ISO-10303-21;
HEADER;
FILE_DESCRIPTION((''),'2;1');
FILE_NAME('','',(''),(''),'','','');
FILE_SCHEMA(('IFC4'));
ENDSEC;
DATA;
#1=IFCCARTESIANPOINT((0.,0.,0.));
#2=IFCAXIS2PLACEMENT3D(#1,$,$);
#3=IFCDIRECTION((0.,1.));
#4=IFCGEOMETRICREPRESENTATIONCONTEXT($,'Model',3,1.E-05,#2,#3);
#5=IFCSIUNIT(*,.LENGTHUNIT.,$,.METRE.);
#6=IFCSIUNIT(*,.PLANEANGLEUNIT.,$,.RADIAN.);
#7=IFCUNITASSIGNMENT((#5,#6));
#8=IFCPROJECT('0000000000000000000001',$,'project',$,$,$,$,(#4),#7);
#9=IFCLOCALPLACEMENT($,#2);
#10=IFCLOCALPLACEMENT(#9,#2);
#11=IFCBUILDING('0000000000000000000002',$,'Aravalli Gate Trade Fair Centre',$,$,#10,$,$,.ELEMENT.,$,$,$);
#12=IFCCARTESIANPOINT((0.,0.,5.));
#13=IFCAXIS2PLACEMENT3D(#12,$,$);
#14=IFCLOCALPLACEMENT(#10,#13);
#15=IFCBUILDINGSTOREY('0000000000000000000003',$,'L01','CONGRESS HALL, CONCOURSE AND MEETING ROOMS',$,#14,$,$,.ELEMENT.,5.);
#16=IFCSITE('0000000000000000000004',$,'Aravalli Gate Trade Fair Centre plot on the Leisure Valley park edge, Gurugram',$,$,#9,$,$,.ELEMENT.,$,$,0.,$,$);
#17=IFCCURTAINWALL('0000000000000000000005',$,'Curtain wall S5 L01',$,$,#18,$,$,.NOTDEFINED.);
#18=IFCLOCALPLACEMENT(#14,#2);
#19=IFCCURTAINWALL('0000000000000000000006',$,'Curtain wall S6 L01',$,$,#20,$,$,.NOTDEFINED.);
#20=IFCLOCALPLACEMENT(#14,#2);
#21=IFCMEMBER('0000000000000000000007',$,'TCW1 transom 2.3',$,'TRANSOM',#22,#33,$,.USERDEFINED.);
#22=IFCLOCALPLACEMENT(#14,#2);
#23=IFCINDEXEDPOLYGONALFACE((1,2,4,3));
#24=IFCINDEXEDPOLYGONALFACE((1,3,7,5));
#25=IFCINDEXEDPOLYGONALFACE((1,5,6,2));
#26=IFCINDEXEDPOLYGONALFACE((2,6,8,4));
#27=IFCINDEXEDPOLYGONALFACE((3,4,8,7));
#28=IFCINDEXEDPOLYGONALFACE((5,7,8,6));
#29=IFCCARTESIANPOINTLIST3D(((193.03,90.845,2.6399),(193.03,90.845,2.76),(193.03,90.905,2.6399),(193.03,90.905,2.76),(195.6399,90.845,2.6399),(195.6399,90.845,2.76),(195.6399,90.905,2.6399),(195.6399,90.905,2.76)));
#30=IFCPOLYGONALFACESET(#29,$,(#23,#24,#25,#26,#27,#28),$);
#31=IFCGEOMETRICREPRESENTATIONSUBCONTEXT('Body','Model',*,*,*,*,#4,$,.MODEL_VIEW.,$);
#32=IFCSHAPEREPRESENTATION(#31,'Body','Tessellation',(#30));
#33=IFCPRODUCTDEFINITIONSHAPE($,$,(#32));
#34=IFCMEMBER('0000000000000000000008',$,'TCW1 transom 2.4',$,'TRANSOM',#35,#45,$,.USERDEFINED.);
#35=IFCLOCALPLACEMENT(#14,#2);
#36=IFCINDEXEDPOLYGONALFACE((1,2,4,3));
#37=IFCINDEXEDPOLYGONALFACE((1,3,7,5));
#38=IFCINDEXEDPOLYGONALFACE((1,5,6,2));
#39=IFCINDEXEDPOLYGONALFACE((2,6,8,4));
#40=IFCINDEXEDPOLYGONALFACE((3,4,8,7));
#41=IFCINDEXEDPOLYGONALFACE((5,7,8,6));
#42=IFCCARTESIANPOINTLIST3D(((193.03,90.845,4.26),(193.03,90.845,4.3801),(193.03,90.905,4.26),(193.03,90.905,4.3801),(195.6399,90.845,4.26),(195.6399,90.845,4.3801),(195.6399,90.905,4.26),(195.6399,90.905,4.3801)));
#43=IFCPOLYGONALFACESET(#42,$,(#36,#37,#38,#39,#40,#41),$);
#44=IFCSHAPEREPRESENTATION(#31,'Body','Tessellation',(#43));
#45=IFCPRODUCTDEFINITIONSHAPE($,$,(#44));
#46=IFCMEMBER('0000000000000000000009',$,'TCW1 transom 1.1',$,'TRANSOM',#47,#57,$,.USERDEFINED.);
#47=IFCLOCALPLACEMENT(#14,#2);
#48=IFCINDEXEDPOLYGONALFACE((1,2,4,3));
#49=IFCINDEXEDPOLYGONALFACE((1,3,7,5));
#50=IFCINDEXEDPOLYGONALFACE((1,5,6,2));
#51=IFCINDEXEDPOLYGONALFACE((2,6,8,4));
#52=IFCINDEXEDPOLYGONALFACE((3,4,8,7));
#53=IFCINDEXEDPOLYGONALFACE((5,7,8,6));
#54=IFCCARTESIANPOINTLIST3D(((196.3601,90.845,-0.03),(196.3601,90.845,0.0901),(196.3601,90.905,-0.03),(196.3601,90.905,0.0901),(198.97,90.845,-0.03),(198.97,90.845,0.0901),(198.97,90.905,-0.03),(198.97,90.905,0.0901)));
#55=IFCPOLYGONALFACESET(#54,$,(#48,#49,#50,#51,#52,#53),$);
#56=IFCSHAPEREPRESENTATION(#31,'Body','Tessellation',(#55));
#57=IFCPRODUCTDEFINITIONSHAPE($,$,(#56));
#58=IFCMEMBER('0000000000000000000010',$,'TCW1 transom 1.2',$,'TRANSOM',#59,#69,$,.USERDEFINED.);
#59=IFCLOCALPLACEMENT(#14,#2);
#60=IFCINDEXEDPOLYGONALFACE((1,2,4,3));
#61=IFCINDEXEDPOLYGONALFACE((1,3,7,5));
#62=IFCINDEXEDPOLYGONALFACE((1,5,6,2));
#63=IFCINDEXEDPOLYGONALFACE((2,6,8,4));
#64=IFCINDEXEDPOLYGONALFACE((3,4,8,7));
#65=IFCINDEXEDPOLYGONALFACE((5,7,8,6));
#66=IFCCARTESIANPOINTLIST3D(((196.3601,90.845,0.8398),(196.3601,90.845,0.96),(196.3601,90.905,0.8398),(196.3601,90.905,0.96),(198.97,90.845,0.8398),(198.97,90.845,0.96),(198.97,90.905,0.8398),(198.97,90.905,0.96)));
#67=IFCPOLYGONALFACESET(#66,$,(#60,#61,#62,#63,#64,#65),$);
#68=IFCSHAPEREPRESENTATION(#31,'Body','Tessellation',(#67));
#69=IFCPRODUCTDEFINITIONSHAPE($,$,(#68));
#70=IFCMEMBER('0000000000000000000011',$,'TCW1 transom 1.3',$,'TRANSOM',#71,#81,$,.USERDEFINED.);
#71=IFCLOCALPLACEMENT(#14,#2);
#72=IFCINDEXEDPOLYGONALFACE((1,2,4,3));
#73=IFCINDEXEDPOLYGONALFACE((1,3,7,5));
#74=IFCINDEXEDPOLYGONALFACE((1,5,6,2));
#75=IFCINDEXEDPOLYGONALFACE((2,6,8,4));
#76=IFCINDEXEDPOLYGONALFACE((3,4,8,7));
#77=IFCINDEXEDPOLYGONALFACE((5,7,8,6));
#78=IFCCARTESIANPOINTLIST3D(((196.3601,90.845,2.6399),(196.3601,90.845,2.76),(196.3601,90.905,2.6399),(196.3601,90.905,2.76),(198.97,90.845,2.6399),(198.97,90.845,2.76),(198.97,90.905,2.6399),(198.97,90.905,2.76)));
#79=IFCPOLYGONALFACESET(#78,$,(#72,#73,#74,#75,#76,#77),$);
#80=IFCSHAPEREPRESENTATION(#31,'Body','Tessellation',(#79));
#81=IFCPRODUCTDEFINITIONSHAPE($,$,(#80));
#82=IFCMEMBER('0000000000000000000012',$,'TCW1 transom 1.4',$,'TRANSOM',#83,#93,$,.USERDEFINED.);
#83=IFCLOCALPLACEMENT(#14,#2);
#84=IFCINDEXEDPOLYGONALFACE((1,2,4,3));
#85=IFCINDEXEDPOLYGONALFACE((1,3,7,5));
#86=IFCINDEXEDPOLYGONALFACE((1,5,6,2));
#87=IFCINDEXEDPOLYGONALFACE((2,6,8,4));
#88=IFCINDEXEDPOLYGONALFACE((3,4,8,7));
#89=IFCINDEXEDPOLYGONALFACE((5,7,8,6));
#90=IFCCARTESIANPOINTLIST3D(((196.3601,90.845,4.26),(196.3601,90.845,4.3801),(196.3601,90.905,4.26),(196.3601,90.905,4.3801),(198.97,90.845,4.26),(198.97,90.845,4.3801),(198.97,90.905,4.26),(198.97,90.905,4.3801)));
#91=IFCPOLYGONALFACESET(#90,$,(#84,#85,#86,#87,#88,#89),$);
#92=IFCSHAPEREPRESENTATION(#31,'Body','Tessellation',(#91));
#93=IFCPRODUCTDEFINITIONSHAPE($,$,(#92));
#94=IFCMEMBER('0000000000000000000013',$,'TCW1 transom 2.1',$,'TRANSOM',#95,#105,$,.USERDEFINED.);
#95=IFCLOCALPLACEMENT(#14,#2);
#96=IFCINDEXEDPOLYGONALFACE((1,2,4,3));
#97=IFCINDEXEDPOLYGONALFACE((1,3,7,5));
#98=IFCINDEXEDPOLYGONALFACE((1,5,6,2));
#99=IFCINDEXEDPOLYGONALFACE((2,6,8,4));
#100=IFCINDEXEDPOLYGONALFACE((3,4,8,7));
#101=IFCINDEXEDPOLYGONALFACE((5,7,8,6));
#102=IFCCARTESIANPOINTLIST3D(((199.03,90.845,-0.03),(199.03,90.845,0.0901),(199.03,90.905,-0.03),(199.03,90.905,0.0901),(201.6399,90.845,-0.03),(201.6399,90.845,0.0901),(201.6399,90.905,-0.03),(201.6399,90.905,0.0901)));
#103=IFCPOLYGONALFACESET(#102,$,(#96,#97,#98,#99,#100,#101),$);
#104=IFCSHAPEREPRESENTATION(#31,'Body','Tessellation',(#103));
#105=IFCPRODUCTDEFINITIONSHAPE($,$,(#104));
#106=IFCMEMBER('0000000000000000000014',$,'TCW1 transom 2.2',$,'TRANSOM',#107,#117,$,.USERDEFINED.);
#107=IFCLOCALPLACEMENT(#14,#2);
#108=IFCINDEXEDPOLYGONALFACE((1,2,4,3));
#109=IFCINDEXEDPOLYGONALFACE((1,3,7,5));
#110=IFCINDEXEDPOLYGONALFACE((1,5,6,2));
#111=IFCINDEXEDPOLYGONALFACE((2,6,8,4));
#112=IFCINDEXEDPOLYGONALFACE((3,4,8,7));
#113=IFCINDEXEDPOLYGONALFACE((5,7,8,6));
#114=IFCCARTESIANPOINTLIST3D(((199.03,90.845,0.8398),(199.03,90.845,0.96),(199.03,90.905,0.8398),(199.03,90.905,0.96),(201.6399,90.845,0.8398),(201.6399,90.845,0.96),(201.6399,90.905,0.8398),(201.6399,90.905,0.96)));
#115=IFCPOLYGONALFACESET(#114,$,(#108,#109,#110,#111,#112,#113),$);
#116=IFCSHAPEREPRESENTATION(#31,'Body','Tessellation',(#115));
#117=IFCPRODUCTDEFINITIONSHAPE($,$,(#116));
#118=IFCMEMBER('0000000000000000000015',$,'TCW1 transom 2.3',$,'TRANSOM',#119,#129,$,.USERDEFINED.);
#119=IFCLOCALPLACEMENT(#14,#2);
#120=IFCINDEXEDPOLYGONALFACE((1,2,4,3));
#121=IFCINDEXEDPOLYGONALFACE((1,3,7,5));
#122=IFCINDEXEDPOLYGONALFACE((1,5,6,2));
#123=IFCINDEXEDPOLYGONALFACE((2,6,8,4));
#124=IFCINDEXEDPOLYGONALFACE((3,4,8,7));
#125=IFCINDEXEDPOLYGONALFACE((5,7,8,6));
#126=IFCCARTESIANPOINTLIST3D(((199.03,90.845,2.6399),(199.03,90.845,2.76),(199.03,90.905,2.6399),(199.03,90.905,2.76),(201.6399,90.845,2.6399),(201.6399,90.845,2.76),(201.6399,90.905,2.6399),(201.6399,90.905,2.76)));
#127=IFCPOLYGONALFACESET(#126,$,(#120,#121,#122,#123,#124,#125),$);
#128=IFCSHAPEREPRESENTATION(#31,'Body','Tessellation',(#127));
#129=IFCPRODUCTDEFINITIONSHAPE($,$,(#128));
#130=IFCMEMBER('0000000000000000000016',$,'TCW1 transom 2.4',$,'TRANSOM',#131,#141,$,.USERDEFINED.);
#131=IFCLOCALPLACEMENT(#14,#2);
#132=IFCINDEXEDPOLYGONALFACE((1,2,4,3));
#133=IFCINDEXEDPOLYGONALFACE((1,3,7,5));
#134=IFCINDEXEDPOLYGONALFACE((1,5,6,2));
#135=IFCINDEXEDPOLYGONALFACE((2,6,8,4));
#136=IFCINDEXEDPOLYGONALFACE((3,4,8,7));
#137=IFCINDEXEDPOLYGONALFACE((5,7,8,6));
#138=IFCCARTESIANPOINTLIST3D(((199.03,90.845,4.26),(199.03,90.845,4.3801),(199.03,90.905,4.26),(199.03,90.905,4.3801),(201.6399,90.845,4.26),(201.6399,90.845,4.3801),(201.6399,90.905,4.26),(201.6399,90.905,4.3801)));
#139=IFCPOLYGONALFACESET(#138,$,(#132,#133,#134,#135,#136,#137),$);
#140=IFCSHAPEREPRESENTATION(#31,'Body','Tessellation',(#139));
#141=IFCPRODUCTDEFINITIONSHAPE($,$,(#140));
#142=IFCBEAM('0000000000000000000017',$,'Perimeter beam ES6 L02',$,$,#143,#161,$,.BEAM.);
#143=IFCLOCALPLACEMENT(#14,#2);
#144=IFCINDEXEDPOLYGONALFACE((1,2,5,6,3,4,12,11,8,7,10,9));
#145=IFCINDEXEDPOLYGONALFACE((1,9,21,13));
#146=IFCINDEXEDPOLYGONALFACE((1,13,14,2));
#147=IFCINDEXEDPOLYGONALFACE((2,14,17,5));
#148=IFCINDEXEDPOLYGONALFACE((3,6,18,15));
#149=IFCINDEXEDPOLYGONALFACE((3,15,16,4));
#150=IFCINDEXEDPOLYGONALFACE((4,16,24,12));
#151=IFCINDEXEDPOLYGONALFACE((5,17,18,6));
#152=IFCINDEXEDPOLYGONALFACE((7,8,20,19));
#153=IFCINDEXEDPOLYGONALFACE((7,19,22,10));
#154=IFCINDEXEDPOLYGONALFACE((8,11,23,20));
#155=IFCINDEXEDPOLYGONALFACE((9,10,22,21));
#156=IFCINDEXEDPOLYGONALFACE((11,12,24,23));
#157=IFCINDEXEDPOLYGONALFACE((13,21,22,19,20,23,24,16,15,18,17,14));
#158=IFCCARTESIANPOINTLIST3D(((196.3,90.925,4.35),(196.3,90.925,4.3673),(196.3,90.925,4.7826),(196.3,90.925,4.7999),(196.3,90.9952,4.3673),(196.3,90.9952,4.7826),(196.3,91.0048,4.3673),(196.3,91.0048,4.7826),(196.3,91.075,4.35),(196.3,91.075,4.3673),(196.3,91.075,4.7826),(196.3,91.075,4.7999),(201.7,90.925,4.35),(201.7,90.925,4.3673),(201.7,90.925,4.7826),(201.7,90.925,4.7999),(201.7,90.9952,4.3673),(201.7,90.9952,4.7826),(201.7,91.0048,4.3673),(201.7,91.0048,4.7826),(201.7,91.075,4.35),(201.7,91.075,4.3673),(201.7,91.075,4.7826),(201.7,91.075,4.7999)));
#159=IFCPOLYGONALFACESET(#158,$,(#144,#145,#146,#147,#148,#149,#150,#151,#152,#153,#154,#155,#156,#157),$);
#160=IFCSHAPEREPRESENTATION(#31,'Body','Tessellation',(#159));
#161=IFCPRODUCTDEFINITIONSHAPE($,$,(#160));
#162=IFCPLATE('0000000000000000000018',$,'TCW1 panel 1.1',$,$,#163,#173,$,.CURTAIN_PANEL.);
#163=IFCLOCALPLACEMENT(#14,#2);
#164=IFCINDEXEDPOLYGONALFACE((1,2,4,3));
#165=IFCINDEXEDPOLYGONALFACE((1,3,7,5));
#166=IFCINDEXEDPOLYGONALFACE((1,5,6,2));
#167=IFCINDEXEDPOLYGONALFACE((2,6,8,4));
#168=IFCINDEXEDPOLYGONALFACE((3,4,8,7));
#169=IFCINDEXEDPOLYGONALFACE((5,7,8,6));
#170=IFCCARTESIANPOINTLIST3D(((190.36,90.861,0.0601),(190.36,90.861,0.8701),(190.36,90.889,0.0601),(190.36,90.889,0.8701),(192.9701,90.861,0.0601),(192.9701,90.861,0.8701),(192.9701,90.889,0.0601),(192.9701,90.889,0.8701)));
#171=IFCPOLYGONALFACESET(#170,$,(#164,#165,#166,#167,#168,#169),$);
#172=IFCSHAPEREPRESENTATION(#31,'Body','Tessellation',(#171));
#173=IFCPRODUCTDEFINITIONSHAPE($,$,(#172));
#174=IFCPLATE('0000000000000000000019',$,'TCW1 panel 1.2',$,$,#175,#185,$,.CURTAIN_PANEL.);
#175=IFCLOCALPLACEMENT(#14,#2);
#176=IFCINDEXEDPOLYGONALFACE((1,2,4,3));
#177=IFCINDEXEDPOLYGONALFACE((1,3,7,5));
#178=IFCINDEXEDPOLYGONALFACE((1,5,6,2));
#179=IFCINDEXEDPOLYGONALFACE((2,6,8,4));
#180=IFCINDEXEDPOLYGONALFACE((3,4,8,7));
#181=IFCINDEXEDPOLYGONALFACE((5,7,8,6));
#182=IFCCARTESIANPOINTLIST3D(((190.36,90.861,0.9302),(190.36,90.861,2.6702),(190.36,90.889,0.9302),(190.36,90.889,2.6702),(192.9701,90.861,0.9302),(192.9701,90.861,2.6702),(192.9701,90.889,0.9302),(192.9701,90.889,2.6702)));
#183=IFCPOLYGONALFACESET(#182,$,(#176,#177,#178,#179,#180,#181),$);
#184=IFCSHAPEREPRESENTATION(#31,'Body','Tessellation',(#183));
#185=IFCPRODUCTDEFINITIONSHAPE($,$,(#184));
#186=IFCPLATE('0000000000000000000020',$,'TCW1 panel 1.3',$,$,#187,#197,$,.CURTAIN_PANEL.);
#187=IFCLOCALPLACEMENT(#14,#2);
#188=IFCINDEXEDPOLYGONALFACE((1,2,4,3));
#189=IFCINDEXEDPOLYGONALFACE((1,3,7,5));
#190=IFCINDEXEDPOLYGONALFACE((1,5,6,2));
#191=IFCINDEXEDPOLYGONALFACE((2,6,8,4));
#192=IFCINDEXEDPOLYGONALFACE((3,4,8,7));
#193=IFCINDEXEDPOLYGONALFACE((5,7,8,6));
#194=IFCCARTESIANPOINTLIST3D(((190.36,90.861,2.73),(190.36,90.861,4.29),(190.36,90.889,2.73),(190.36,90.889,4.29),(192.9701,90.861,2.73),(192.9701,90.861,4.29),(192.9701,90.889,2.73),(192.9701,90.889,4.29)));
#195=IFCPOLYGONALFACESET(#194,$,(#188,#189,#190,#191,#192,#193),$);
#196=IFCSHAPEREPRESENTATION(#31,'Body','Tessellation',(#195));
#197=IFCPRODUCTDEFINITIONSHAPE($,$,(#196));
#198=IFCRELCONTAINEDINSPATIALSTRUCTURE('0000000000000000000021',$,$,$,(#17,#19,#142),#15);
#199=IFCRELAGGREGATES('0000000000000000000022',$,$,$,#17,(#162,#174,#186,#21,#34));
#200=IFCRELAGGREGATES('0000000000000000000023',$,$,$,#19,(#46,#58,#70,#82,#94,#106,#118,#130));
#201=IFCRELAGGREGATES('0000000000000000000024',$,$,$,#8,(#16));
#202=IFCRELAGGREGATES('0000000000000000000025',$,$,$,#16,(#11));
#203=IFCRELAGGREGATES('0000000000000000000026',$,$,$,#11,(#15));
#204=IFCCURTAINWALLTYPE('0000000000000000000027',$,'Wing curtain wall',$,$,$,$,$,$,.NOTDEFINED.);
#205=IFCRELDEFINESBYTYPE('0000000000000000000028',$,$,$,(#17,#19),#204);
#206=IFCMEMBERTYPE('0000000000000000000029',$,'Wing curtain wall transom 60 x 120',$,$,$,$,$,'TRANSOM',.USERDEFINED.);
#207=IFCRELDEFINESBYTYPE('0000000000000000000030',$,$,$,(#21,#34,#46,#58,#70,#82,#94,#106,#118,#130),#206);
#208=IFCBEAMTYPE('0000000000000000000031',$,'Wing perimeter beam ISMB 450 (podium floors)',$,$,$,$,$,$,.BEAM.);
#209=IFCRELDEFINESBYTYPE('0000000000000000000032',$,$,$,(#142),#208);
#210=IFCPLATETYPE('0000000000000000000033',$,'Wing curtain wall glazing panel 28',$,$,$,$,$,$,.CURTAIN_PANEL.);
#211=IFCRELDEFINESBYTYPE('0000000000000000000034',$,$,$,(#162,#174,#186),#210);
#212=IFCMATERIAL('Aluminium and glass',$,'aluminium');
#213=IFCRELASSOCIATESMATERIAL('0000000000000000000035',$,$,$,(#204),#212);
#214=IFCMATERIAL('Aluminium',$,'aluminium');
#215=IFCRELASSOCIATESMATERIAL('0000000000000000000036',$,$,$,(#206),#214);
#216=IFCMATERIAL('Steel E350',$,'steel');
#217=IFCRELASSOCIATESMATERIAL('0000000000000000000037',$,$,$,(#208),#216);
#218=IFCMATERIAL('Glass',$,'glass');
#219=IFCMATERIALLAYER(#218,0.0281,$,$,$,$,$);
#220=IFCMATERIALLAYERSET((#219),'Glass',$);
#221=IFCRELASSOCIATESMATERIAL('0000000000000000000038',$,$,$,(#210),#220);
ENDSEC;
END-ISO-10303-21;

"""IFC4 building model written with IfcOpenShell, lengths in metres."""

from ifc_helpers import new_model, si_unit, direction, frame, origin, origin_2d, place, context, subcontext, project, spatial, rectangle, i_section, extrude, material, layer, layer_set, material_profile, profile_set, type_object, element, aggregate, save


model = new_model("IFC4")

# Units and contexts
model_context = context("Model", 3, precision=1e-05, world=origin(), true_north=direction((0.0, 1.0)))
body_context = subcontext(model_context, "Body", "Model", "MODEL_VIEW")
ifc_project = project(units=[si_unit("LENGTHUNIT", "METRE"), si_unit("PLANEANGLEUNIT", "RADIAN")], contexts=[model_context])

# Site, building, storey
site_placement = place(None, origin())
site = spatial("IfcSite", under=ifc_project, at=site_placement, Name="Aravalli Gate Trade Fair Centre plot on the Leisure Valley park edge, Gurugram", CompositionType="ELEMENT", RefElevation=0.0)
building_placement = place(site_placement, origin())
building = spatial("IfcBuilding", under=site, at=building_placement, Name="Aravalli Gate Trade Fair Centre", CompositionType="ELEMENT")
storey_placement = place(building_placement, frame((0.0, 0.0, 5.0)))
storey = spatial("IfcBuildingStorey", under=building, at=storey_placement, Name="L01", Description="CONGRESS HALL, CONCOURSE AND MEETING ROOMS", CompositionType="ELEMENT", Elevation=5.0)

# Shared definitions
ifc_material_1 = material(Name="Steel E350", Category="steel")

# Curtain walls
ifc_material_2 = material(Name="Aluminium and glass", Category="aluminium")
curtain_wall_type = type_object("IfcCurtainWallType", Name="Wing curtain wall", PredefinedType="NOTDEFINED", material=ifc_material_2)
curtain_wall_1_placement = place(storey_placement, origin())
curtain_wall_1 = element("IfcCurtainWall", 1, at=curtain_wall_1_placement, inside=storey, type_object=curtain_wall_type, Name="Curtain wall S5 L01", PredefinedType="NOTDEFINED")
ifc_material_3 = material(Name="Aluminium", Category="aluminium")
curtain_wall_2_placement = place(storey_placement, origin())
curtain_wall_2 = element("IfcCurtainWall", 2, at=curtain_wall_2_placement, inside=storey, type_object=curtain_wall_type, Name="Curtain wall S6 L01", PredefinedType="NOTDEFINED")

# Members
ifc_material_profile_1 = material_profile(ifc_material_3, rectangle(XDim=0.0601, YDim=0.1201, at=origin_2d()), Name="Wing curtain wall transom 60 x 120")
ifc_profile_set_1 = profile_set([ifc_material_profile_1], Name="Aluminium")
member_type_1 = type_object("IfcMemberType", Name="Wing curtain wall transom 60 x 120", ElementType="TRANSOM", PredefinedType="USERDEFINED", material=ifc_profile_set_1)
member_1_placement = place(storey_placement, frame((193.03, 90.875, 2.7), z_axis=(1.0, 0.0, 0.0), x_axis=(0.0, 1.0, 0.0)))
member_1 = element("IfcMember", 3, at=member_1_placement, type_object=member_type_1, Name="TCW1 transom 2.3", ObjectType="TRANSOM", PredefinedType="USERDEFINED", context=body_context, shape_type="SweptSolid", body=[
    extrude(rectangle(XDim=0.0601, YDim=0.1201, at=origin_2d()), origin(), (0.0, 0.0, 1.0), 2.6099),
])
member_2_placement = place(storey_placement, frame((193.03, 90.875, 4.3201), z_axis=(1.0, 0.0, 0.0), x_axis=(0.0, 1.0, 0.0)))
member_2 = element("IfcMember", 4, at=member_2_placement, type_object=member_type_1, Name="TCW1 transom 2.4", ObjectType="TRANSOM", PredefinedType="USERDEFINED", context=body_context, shape_type="SweptSolid", body=[
    extrude(rectangle(XDim=0.0601, YDim=0.1201, at=origin_2d()), origin(), (0.0, 0.0, 1.0), 2.6099),
])
member_3_placement = place(storey_placement, frame((196.3601, 90.875, 0.03), z_axis=(1.0, 0.0, 0.0), x_axis=(0.0, 1.0, 0.0)))
member_3 = element("IfcMember", 5, at=member_3_placement, type_object=member_type_1, Name="TCW1 transom 1.1", ObjectType="TRANSOM", PredefinedType="USERDEFINED", context=body_context, shape_type="SweptSolid", body=[
    extrude(rectangle(XDim=0.0601, YDim=0.1201, at=origin_2d()), origin(), (0.0, 0.0, 1.0), 2.6099),
])
member_4_placement = place(storey_placement, frame((196.3601, 90.875, 0.8999), z_axis=(1.0, 0.0, 0.0), x_axis=(0.0, 1.0, 0.0)))
member_4 = element("IfcMember", 6, at=member_4_placement, type_object=member_type_1, Name="TCW1 transom 1.2", ObjectType="TRANSOM", PredefinedType="USERDEFINED", context=body_context, shape_type="SweptSolid", body=[
    extrude(rectangle(XDim=0.0601, YDim=0.1201, at=origin_2d()), origin(), (0.0, 0.0, 1.0), 2.6099),
])
member_5_placement = place(storey_placement, frame((196.3601, 90.875, 2.7), z_axis=(1.0, 0.0, 0.0), x_axis=(0.0, 1.0, 0.0)))
member_5 = element("IfcMember", 7, at=member_5_placement, type_object=member_type_1, Name="TCW1 transom 1.3", ObjectType="TRANSOM", PredefinedType="USERDEFINED", context=body_context, shape_type="SweptSolid", body=[
    extrude(rectangle(XDim=0.0601, YDim=0.1201, at=origin_2d()), origin(), (0.0, 0.0, 1.0), 2.6099),
])
member_6_placement = place(storey_placement, frame((196.3601, 90.875, 4.3201), z_axis=(1.0, 0.0, 0.0), x_axis=(0.0, 1.0, 0.0)))
member_6 = element("IfcMember", 8, at=member_6_placement, type_object=member_type_1, Name="TCW1 transom 1.4", ObjectType="TRANSOM", PredefinedType="USERDEFINED", context=body_context, shape_type="SweptSolid", body=[
    extrude(rectangle(XDim=0.0601, YDim=0.1201, at=origin_2d()), origin(), (0.0, 0.0, 1.0), 2.6099),
])
member_7_placement = place(storey_placement, frame((199.03, 90.875, 0.03), z_axis=(1.0, 0.0, 0.0), x_axis=(0.0, 1.0, 0.0)))
member_7 = element("IfcMember", 9, at=member_7_placement, type_object=member_type_1, Name="TCW1 transom 2.1", ObjectType="TRANSOM", PredefinedType="USERDEFINED", context=body_context, shape_type="SweptSolid", body=[
    extrude(rectangle(XDim=0.0601, YDim=0.1201, at=origin_2d()), origin(), (0.0, 0.0, 1.0), 2.6099),
])
member_8_placement = place(storey_placement, frame((199.03, 90.875, 0.8999), z_axis=(1.0, 0.0, 0.0), x_axis=(0.0, 1.0, 0.0)))
member_8 = element("IfcMember", 10, at=member_8_placement, type_object=member_type_1, Name="TCW1 transom 2.2", ObjectType="TRANSOM", PredefinedType="USERDEFINED", context=body_context, shape_type="SweptSolid", body=[
    extrude(rectangle(XDim=0.0601, YDim=0.1201, at=origin_2d()), origin(), (0.0, 0.0, 1.0), 2.6099),
])
member_9_placement = place(storey_placement, frame((199.03, 90.875, 2.7), z_axis=(1.0, 0.0, 0.0), x_axis=(0.0, 1.0, 0.0)))
member_9 = element("IfcMember", 11, at=member_9_placement, type_object=member_type_1, Name="TCW1 transom 2.3", ObjectType="TRANSOM", PredefinedType="USERDEFINED", context=body_context, shape_type="SweptSolid", body=[
    extrude(rectangle(XDim=0.0601, YDim=0.1201, at=origin_2d()), origin(), (0.0, 0.0, 1.0), 2.6099),
])
member_10_placement = place(storey_placement, frame((199.03, 90.875, 4.3201), z_axis=(1.0, 0.0, 0.0), x_axis=(0.0, 1.0, 0.0)))
member_10 = element("IfcMember", 12, at=member_10_placement, type_object=member_type_1, Name="TCW1 transom 2.4", ObjectType="TRANSOM", PredefinedType="USERDEFINED", context=body_context, shape_type="SweptSolid", body=[
    extrude(rectangle(XDim=0.0601, YDim=0.1201, at=origin_2d()), origin(), (0.0, 0.0, 1.0), 2.6099),
])

# Beam
ifc_material_profile_2 = material_profile(ifc_material_1, i_section(OverallWidth=0.1499, OverallDepth=0.45, WebThickness=0.0095, FlangeThickness=0.0173, at=origin_2d()), Name="ISMB 450")
ifc_profile_set_2 = profile_set([ifc_material_profile_2], Name="Steel E350")
beam_type = type_object("IfcBeamType", Name="Wing perimeter beam ISMB 450 (podium floors)", PredefinedType="BEAM", material=ifc_profile_set_2)
beam_placement = place(storey_placement, frame((196.3, 91.0, 4.575), z_axis=(1.0, 0.0, 0.0), x_axis=(0.0, 1.0, 0.0)))
element("IfcBeam", 13, at=beam_placement, inside=storey, type_object=beam_type, Name="Perimeter beam ES6 L02", PredefinedType="BEAM", context=body_context, shape_type="SweptSolid", body=[
    extrude(i_section(OverallWidth=0.1499, OverallDepth=0.45, WebThickness=0.0095, FlangeThickness=0.0173, at=origin_2d()), origin(), (0.0, 0.0, 1.0), 5.3999),
])

# Plates
ifc_material_4 = material(Name="Glass", Category="glass")
ifc_layer = layer(ifc_material_4, 0.0281)
ifc_layer_set = layer_set([ifc_layer], Name="Glass")
plate_type = type_object("IfcPlateType", Name="Wing curtain wall glazing panel 28", PredefinedType="CURTAIN_PANEL", material=ifc_layer_set)
plate_1_placement = place(storey_placement, frame((191.665, 90.875, 0.0601), z_axis=(0.0, 0.0, 1.0), x_axis=(1.0, 0.0, 0.0)))
plate_1 = element("IfcPlate", 14, at=plate_1_placement, type_object=plate_type, Name="TCW1 panel 1.1", PredefinedType="CURTAIN_PANEL", context=body_context, shape_type="SweptSolid", body=[
    extrude(rectangle(XDim=2.6101, YDim=0.0281, at=origin_2d()), origin(), (0.0, 0.0, 1.0), 0.8101),
])
plate_2_placement = place(storey_placement, frame((191.665, 90.875, 0.9302), z_axis=(0.0, 0.0, 1.0), x_axis=(1.0, 0.0, 0.0)))
plate_2 = element("IfcPlate", 15, at=plate_2_placement, type_object=plate_type, Name="TCW1 panel 1.2", PredefinedType="CURTAIN_PANEL", context=body_context, shape_type="SweptSolid", body=[
    extrude(rectangle(XDim=2.6101, YDim=0.0281, at=origin_2d()), origin(), (0.0, 0.0, 1.0), 1.74),
])
plate_3_placement = place(storey_placement, frame((191.665, 90.875, 2.73), z_axis=(0.0, 0.0, 1.0), x_axis=(1.0, 0.0, 0.0)))
plate_3 = element("IfcPlate", 16, at=plate_3_placement, type_object=plate_type, Name="TCW1 panel 1.3", PredefinedType="CURTAIN_PANEL", context=body_context, shape_type="SweptSolid", body=[
    extrude(rectangle(XDim=2.6101, YDim=0.0281, at=origin_2d()), origin(), (0.0, 0.0, 1.0), 1.5601),
])
aggregate(curtain_wall_1, [plate_1, plate_2, plate_3, member_1, member_2])
aggregate(curtain_wall_2, [member_3, member_4, member_5, member_6, member_7, member_8, member_9, member_10])

save(model, "model.ifc")
